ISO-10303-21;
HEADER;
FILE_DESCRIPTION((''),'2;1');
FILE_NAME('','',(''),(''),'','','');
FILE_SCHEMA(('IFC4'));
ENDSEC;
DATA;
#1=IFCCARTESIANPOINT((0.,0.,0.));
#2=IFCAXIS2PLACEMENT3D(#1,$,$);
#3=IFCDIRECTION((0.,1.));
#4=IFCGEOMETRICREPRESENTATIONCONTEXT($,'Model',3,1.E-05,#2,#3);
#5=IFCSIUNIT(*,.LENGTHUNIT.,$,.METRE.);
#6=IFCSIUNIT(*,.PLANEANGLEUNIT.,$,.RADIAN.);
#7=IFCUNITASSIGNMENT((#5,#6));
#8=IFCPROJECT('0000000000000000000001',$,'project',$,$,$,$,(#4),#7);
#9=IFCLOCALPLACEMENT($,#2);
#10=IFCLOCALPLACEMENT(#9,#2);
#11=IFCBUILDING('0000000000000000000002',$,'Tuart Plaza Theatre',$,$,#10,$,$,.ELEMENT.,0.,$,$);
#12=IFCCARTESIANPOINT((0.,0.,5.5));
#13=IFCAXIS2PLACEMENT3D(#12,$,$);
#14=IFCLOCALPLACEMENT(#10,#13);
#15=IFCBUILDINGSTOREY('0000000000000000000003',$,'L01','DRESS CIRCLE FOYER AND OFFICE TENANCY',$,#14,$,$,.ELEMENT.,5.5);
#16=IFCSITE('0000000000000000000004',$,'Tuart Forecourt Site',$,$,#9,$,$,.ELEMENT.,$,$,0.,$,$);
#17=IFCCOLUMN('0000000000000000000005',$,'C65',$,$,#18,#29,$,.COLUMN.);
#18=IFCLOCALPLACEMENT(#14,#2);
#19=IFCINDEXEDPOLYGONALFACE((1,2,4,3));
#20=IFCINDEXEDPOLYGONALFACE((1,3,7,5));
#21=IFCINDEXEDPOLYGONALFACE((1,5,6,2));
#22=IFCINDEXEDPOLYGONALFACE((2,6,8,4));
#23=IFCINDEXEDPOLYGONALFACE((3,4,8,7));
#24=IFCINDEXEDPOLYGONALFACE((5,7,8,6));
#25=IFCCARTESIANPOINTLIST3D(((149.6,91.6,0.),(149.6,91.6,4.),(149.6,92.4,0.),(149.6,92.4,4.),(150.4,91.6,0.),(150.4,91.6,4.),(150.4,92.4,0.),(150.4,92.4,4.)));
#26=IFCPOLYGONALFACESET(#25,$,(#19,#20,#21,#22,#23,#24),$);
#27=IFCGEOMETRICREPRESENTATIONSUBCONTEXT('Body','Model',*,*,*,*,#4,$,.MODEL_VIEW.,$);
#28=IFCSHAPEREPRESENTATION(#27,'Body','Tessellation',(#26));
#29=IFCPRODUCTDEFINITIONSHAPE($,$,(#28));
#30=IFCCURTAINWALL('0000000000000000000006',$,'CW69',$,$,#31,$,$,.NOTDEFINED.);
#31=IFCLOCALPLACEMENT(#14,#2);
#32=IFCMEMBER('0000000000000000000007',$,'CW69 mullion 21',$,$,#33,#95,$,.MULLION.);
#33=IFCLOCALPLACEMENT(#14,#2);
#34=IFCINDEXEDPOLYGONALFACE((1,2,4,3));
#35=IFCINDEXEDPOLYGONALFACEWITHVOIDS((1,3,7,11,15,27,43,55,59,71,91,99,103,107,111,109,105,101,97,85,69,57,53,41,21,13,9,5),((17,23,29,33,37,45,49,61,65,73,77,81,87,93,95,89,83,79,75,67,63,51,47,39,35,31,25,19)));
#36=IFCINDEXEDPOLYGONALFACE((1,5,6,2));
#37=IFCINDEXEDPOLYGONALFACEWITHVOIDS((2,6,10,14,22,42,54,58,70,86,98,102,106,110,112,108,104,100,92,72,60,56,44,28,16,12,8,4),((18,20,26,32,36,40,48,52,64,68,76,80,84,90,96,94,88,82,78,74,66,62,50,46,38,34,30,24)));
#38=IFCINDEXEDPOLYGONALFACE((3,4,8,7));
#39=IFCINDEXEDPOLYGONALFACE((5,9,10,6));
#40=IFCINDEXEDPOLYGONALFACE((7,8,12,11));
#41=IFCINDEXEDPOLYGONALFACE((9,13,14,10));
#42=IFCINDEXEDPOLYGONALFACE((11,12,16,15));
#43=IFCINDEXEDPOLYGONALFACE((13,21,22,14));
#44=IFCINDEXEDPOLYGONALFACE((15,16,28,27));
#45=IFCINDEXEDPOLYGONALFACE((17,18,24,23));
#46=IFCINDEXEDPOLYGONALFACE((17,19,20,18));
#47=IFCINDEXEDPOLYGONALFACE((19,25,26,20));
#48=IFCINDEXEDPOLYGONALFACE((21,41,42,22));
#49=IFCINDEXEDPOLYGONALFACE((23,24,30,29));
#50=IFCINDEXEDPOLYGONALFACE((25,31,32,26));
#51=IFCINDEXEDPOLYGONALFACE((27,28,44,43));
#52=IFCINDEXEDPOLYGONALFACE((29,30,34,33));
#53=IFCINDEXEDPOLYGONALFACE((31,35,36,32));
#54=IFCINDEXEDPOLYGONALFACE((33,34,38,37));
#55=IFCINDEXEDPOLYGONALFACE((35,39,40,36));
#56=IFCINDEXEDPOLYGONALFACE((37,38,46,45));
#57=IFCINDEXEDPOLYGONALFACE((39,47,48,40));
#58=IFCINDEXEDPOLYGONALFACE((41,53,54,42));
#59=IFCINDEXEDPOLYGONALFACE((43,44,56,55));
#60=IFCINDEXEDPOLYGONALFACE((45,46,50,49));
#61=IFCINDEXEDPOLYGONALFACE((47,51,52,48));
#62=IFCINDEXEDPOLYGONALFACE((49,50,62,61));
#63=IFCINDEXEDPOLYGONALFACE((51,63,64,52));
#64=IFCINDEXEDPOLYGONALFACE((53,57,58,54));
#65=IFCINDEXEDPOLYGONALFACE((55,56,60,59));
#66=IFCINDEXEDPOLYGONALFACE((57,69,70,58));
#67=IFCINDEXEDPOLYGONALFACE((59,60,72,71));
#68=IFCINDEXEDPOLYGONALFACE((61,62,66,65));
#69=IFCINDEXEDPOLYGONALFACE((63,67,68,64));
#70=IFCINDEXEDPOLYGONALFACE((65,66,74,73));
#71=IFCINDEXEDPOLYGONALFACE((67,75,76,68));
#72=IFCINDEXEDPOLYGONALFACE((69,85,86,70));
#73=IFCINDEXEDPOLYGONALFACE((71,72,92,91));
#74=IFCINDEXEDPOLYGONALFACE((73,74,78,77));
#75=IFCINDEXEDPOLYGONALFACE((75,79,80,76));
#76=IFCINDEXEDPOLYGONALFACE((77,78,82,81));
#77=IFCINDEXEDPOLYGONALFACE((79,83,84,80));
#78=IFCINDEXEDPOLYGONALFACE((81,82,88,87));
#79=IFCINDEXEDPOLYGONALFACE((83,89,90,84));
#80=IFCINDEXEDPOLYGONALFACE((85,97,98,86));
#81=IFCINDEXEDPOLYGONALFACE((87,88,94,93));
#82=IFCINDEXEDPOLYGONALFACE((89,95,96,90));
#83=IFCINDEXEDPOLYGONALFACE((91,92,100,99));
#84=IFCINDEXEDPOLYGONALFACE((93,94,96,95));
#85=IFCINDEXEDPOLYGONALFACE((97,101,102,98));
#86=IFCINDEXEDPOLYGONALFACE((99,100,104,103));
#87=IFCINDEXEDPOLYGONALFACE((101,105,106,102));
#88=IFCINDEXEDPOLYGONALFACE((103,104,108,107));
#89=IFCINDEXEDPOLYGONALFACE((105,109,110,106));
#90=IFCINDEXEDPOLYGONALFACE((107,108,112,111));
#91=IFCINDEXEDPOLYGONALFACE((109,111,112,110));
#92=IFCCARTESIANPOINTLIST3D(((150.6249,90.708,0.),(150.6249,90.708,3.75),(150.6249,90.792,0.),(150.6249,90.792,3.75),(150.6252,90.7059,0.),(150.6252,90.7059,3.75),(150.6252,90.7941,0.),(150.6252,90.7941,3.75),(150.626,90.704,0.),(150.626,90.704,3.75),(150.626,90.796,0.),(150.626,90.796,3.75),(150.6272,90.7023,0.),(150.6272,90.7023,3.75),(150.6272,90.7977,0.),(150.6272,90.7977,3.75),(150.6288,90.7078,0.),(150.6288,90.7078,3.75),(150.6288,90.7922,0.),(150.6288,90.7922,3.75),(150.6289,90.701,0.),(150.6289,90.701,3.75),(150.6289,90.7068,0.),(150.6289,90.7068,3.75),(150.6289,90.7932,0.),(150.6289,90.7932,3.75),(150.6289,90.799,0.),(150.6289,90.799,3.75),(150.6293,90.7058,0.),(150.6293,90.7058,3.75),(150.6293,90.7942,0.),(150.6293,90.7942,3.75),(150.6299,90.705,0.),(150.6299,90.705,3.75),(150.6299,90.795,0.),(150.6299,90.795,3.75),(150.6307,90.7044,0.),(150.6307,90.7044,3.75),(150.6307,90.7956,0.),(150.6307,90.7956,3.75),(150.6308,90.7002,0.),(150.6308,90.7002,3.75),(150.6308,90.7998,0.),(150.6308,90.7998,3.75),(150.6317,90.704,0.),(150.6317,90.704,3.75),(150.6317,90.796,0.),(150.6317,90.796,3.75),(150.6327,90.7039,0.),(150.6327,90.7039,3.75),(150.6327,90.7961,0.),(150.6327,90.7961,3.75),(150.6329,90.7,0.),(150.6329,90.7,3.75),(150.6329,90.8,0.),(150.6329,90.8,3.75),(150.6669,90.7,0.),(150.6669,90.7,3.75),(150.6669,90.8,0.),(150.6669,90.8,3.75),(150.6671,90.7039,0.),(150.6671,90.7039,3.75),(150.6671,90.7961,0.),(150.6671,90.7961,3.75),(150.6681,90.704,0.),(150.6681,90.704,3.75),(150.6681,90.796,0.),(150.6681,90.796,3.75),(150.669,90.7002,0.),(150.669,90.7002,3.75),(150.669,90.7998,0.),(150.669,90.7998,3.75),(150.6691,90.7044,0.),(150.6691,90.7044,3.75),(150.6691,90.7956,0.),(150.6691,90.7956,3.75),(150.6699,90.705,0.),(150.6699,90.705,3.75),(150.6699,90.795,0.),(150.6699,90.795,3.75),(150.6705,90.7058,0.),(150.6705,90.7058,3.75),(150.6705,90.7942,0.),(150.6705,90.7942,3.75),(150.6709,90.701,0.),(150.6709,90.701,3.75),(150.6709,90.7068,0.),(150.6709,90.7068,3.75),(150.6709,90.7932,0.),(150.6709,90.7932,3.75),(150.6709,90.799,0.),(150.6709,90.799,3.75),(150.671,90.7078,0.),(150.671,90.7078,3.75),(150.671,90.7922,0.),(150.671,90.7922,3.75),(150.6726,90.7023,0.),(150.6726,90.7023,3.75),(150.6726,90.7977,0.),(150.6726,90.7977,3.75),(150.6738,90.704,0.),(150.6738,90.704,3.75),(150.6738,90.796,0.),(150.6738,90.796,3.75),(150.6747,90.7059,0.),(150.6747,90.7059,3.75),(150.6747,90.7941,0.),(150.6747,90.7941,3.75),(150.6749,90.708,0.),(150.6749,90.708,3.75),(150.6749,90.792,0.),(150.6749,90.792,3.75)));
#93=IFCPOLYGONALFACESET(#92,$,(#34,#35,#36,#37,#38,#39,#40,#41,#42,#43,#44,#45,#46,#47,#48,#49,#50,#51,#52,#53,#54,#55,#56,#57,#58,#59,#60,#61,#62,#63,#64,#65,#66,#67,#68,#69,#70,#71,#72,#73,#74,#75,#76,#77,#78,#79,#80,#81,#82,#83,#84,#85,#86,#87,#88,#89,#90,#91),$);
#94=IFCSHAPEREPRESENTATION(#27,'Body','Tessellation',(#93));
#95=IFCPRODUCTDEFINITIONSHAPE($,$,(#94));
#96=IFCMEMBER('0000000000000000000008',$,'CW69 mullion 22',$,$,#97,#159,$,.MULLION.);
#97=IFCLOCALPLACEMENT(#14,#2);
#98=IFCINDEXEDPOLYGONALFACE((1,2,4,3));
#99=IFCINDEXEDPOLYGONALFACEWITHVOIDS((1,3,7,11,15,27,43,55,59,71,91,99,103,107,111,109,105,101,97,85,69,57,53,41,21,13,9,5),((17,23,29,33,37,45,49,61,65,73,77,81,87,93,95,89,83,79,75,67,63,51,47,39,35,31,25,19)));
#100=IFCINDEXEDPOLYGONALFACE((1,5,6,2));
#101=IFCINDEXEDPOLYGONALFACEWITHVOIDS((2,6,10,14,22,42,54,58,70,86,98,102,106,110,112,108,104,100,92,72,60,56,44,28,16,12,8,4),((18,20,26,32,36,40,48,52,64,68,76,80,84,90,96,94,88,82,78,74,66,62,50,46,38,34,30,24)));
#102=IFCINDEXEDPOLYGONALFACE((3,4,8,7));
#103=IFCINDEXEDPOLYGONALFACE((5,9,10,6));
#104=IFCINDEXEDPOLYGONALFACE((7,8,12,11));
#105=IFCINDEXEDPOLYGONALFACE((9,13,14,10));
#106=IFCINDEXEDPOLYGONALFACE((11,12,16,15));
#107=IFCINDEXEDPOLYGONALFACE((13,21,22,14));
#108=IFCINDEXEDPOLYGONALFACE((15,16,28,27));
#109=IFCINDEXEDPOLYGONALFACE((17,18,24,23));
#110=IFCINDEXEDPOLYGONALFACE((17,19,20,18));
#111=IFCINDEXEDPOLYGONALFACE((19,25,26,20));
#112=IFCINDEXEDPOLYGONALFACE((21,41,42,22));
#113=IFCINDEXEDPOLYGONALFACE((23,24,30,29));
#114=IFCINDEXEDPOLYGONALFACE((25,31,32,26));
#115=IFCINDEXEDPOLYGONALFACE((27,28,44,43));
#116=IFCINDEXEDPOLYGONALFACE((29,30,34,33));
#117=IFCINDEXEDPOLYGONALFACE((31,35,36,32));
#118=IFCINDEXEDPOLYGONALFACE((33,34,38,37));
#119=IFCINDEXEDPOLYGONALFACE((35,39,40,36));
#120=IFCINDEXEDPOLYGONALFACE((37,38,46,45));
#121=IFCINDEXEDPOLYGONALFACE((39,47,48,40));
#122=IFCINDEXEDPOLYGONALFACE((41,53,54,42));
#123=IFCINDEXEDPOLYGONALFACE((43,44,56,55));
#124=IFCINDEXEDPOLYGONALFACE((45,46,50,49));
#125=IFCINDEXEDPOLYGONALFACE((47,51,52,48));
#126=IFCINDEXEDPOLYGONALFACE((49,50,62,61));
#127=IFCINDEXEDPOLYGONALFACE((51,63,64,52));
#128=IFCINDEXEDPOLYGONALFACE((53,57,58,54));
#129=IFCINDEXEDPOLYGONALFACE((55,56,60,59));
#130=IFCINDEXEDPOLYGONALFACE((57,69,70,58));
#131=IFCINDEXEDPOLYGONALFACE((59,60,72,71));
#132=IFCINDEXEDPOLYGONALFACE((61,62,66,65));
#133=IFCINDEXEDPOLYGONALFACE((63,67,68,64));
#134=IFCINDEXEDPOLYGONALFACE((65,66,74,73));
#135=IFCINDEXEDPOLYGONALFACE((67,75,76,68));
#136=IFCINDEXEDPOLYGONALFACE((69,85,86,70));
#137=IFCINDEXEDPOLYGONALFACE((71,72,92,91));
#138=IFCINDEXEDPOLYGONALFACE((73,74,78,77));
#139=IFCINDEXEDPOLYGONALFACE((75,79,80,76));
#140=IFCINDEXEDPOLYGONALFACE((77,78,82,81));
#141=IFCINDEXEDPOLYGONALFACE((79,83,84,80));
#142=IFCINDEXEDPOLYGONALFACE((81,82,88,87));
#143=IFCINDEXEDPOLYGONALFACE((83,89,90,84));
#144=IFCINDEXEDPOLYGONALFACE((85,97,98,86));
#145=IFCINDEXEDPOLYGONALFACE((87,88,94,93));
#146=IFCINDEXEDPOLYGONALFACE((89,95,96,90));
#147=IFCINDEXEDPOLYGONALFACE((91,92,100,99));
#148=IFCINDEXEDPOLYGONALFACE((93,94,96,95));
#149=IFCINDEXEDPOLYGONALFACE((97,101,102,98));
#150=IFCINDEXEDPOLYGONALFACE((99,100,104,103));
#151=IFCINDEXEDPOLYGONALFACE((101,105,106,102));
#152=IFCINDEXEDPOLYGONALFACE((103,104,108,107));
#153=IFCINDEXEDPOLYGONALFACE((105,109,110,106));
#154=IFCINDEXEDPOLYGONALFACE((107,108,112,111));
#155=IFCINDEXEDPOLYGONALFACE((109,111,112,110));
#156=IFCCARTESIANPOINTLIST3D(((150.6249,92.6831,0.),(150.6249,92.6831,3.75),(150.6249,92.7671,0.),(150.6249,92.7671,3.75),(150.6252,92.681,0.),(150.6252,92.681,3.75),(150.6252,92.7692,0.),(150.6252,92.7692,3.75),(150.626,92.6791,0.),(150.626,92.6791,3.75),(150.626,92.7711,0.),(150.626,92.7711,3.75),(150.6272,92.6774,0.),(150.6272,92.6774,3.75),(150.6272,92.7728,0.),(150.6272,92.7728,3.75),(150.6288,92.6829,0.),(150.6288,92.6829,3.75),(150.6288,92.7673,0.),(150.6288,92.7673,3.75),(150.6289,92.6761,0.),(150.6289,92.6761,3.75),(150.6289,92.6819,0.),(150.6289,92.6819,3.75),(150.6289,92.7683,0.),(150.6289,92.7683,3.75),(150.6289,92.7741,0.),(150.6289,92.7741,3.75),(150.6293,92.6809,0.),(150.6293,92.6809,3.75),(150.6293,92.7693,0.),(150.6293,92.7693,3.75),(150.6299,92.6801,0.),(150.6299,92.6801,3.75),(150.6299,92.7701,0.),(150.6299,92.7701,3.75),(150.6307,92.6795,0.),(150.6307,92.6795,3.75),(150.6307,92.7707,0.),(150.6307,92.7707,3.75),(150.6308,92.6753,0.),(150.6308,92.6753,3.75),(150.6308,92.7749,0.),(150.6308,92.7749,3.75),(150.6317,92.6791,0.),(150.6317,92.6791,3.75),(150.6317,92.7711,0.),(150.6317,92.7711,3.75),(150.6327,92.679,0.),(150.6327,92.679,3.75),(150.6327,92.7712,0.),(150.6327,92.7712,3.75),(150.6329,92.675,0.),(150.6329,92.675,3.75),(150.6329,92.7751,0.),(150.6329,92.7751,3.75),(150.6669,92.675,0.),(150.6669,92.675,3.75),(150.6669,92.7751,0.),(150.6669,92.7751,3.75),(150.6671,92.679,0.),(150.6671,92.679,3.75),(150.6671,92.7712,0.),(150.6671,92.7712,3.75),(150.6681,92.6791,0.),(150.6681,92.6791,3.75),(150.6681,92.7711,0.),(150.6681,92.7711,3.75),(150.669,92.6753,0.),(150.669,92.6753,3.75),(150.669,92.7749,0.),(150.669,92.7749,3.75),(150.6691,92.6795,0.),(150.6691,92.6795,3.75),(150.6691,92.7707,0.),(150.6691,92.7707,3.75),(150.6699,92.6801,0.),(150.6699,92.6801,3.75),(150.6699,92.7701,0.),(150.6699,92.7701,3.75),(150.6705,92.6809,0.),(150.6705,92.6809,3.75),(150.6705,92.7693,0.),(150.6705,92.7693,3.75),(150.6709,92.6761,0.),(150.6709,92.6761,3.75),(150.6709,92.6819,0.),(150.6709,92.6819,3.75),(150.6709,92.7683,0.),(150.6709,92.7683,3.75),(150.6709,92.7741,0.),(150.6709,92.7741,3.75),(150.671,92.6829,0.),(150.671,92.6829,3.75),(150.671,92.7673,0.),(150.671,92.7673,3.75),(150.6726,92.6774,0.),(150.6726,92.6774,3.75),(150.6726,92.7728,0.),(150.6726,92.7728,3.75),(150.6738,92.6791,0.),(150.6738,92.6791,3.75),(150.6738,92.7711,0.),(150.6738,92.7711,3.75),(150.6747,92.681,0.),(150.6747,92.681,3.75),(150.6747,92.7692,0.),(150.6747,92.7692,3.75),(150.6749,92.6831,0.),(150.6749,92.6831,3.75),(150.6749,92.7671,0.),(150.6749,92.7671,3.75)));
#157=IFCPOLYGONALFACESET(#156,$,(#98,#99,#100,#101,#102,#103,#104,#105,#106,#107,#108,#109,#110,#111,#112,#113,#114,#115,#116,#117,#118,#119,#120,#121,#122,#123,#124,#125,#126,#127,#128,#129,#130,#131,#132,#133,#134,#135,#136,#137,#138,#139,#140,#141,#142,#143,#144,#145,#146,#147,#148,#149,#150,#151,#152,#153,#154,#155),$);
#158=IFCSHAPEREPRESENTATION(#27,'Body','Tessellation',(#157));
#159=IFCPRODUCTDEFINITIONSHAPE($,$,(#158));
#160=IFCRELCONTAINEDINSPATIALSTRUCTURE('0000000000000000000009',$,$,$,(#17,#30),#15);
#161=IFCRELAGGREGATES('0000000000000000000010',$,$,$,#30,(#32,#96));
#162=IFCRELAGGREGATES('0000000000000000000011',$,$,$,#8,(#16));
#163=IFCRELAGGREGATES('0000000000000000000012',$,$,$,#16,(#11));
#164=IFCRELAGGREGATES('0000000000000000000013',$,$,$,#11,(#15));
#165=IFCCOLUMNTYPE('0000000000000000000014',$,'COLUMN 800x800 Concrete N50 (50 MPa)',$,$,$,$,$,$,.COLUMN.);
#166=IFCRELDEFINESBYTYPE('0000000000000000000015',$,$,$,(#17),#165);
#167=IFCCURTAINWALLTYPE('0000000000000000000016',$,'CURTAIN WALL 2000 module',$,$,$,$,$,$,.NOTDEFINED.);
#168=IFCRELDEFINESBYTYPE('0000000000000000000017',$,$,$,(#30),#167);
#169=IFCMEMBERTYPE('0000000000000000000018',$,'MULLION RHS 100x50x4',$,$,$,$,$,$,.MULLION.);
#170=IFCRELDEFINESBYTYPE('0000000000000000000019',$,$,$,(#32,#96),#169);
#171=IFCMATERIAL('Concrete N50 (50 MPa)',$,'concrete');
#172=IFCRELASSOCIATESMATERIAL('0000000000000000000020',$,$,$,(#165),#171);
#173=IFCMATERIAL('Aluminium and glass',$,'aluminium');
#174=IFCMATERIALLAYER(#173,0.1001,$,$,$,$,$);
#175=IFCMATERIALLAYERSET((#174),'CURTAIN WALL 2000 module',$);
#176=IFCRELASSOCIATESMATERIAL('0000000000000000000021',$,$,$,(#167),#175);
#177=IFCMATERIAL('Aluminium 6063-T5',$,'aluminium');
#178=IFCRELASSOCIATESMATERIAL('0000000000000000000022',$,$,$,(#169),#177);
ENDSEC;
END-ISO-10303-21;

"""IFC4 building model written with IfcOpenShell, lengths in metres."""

from ifc_helpers import new_model, si_unit, direction, frame, origin, origin_2d, place, context, subcontext, project, spatial, rectangle, hollow_rectangle, extrude, material, layer, layer_set, material_profile, profile_set, type_object, element, aggregate, save


model = new_model("IFC4")

# Units and contexts
model_context = context("Model", 3, precision=1e-05, world=origin(), true_north=direction((0.0, 1.0)))
body_context = subcontext(model_context, "Body", "Model", "MODEL_VIEW")
ifc_project = project(units=[si_unit("LENGTHUNIT", "METRE"), si_unit("PLANEANGLEUNIT", "RADIAN")], contexts=[model_context])

# Site, building, storey
site_placement = place(None, origin())
site = spatial("IfcSite", under=ifc_project, at=site_placement, Name="Tuart Forecourt Site", CompositionType="ELEMENT", RefElevation=0.0)
building_placement = place(site_placement, origin())
building = spatial("IfcBuilding", under=site, at=building_placement, Name="Tuart Plaza Theatre", CompositionType="ELEMENT", ElevationOfRefHeight=0.0)
storey_placement = place(building_placement, frame((0.0, 0.0, 5.5)))
storey = spatial("IfcBuildingStorey", under=building, at=storey_placement, Name="L01", Description="DRESS CIRCLE FOYER AND OFFICE TENANCY", CompositionType="ELEMENT", Elevation=5.5)

# Column
ifc_material_1 = material(Name="Concrete N50 (50 MPa)", Category="concrete")
ifc_material_profile_1 = material_profile(ifc_material_1, rectangle(XDim=0.8, YDim=0.8, at=origin_2d()), Name="COLUMN 800x800 Concrete N50 (50 MPa)")
ifc_profile_set_1 = profile_set([ifc_material_profile_1], Name="Concrete N50 (50 MPa)")
column_type = type_object("IfcColumnType", Name="COLUMN 800x800 Concrete N50 (50 MPa)", PredefinedType="COLUMN", material=ifc_profile_set_1)
column_placement = place(storey_placement, frame((150.0, 92.0, 0.0), z_axis=(0.0, 0.0, 1.0), x_axis=(1.0, 0.0, 0.0)))
element("IfcColumn", 1, at=column_placement, inside=storey, type_object=column_type, Name="C65", PredefinedType="COLUMN", context=body_context, shape_type="SweptSolid", body=[
    extrude(rectangle(XDim=0.8, YDim=0.8, at=origin_2d()), origin(), (0.0, 0.0, 1.0), 4.0),
])

# Curtain wall, members
ifc_material_2 = material(Name="Aluminium and glass", Category="aluminium")
ifc_layer_1 = layer(ifc_material_2, 0.1001)
ifc_layer_set_1 = layer_set([ifc_layer_1], Name="CURTAIN WALL 2000 module")
curtain_wall_type = type_object("IfcCurtainWallType", Name="CURTAIN WALL 2000 module", PredefinedType="NOTDEFINED", material=ifc_layer_set_1)
curtain_wall_1_placement = place(storey_placement, origin())
curtain_wall_1 = element("IfcCurtainWall", 2, at=curtain_wall_1_placement, inside=storey, type_object=curtain_wall_type, Name="CW69", PredefinedType="NOTDEFINED")
ifc_material_3 = material(Name="Aluminium 6063-T5", Category="aluminium")
ifc_material_profile_2 = material_profile(ifc_material_3, hollow_rectangle(XDim=0.05, YDim=0.1001, WallThickness=0.0039, InnerFilletRadius=0.0039, OuterFilletRadius=0.0081, at=origin_2d()), Name="RHS 100x50x4")
ifc_profile_set_2 = profile_set([ifc_material_profile_2], Name="Aluminium 6063-T5")
member_type_1 = type_object("IfcMemberType", Name="MULLION RHS 100x50x4", PredefinedType="MULLION", material=ifc_profile_set_2)
member_1_placement = place(storey_placement, frame((150.6499, 90.75, 0.0), z_axis=(0.0, 0.0, 1.0), x_axis=(-1.0, 0.0, 0.0)))
member_1 = element("IfcMember", 3, at=member_1_placement, type_object=member_type_1, Name="CW69 mullion 21", PredefinedType="MULLION", context=body_context, shape_type="SweptSolid", body=[
    extrude(hollow_rectangle(XDim=0.05, YDim=0.1001, WallThickness=0.0039, InnerFilletRadius=0.0039, OuterFilletRadius=0.0081, at=origin_2d()), origin(), (0.0, 0.0, 1.0), 3.75),
])
member_2_placement = place(storey_placement, frame((150.6499, 92.7251, 0.0), z_axis=(0.0, 0.0, 1.0), x_axis=(-1.0, 0.0, 0.0)))
member_2 = element("IfcMember", 4, at=member_2_placement, type_object=member_type_1, Name="CW69 mullion 22", PredefinedType="MULLION", context=body_context, shape_type="SweptSolid", body=[
    extrude(hollow_rectangle(XDim=0.05, YDim=0.1001, WallThickness=0.0039, InnerFilletRadius=0.0039, OuterFilletRadius=0.0081, at=origin_2d()), origin(), (0.0, 0.0, 1.0), 3.75),
])

aggregate(curtain_wall_1, [member_1, member_2])

save(model, "model.ifc")
